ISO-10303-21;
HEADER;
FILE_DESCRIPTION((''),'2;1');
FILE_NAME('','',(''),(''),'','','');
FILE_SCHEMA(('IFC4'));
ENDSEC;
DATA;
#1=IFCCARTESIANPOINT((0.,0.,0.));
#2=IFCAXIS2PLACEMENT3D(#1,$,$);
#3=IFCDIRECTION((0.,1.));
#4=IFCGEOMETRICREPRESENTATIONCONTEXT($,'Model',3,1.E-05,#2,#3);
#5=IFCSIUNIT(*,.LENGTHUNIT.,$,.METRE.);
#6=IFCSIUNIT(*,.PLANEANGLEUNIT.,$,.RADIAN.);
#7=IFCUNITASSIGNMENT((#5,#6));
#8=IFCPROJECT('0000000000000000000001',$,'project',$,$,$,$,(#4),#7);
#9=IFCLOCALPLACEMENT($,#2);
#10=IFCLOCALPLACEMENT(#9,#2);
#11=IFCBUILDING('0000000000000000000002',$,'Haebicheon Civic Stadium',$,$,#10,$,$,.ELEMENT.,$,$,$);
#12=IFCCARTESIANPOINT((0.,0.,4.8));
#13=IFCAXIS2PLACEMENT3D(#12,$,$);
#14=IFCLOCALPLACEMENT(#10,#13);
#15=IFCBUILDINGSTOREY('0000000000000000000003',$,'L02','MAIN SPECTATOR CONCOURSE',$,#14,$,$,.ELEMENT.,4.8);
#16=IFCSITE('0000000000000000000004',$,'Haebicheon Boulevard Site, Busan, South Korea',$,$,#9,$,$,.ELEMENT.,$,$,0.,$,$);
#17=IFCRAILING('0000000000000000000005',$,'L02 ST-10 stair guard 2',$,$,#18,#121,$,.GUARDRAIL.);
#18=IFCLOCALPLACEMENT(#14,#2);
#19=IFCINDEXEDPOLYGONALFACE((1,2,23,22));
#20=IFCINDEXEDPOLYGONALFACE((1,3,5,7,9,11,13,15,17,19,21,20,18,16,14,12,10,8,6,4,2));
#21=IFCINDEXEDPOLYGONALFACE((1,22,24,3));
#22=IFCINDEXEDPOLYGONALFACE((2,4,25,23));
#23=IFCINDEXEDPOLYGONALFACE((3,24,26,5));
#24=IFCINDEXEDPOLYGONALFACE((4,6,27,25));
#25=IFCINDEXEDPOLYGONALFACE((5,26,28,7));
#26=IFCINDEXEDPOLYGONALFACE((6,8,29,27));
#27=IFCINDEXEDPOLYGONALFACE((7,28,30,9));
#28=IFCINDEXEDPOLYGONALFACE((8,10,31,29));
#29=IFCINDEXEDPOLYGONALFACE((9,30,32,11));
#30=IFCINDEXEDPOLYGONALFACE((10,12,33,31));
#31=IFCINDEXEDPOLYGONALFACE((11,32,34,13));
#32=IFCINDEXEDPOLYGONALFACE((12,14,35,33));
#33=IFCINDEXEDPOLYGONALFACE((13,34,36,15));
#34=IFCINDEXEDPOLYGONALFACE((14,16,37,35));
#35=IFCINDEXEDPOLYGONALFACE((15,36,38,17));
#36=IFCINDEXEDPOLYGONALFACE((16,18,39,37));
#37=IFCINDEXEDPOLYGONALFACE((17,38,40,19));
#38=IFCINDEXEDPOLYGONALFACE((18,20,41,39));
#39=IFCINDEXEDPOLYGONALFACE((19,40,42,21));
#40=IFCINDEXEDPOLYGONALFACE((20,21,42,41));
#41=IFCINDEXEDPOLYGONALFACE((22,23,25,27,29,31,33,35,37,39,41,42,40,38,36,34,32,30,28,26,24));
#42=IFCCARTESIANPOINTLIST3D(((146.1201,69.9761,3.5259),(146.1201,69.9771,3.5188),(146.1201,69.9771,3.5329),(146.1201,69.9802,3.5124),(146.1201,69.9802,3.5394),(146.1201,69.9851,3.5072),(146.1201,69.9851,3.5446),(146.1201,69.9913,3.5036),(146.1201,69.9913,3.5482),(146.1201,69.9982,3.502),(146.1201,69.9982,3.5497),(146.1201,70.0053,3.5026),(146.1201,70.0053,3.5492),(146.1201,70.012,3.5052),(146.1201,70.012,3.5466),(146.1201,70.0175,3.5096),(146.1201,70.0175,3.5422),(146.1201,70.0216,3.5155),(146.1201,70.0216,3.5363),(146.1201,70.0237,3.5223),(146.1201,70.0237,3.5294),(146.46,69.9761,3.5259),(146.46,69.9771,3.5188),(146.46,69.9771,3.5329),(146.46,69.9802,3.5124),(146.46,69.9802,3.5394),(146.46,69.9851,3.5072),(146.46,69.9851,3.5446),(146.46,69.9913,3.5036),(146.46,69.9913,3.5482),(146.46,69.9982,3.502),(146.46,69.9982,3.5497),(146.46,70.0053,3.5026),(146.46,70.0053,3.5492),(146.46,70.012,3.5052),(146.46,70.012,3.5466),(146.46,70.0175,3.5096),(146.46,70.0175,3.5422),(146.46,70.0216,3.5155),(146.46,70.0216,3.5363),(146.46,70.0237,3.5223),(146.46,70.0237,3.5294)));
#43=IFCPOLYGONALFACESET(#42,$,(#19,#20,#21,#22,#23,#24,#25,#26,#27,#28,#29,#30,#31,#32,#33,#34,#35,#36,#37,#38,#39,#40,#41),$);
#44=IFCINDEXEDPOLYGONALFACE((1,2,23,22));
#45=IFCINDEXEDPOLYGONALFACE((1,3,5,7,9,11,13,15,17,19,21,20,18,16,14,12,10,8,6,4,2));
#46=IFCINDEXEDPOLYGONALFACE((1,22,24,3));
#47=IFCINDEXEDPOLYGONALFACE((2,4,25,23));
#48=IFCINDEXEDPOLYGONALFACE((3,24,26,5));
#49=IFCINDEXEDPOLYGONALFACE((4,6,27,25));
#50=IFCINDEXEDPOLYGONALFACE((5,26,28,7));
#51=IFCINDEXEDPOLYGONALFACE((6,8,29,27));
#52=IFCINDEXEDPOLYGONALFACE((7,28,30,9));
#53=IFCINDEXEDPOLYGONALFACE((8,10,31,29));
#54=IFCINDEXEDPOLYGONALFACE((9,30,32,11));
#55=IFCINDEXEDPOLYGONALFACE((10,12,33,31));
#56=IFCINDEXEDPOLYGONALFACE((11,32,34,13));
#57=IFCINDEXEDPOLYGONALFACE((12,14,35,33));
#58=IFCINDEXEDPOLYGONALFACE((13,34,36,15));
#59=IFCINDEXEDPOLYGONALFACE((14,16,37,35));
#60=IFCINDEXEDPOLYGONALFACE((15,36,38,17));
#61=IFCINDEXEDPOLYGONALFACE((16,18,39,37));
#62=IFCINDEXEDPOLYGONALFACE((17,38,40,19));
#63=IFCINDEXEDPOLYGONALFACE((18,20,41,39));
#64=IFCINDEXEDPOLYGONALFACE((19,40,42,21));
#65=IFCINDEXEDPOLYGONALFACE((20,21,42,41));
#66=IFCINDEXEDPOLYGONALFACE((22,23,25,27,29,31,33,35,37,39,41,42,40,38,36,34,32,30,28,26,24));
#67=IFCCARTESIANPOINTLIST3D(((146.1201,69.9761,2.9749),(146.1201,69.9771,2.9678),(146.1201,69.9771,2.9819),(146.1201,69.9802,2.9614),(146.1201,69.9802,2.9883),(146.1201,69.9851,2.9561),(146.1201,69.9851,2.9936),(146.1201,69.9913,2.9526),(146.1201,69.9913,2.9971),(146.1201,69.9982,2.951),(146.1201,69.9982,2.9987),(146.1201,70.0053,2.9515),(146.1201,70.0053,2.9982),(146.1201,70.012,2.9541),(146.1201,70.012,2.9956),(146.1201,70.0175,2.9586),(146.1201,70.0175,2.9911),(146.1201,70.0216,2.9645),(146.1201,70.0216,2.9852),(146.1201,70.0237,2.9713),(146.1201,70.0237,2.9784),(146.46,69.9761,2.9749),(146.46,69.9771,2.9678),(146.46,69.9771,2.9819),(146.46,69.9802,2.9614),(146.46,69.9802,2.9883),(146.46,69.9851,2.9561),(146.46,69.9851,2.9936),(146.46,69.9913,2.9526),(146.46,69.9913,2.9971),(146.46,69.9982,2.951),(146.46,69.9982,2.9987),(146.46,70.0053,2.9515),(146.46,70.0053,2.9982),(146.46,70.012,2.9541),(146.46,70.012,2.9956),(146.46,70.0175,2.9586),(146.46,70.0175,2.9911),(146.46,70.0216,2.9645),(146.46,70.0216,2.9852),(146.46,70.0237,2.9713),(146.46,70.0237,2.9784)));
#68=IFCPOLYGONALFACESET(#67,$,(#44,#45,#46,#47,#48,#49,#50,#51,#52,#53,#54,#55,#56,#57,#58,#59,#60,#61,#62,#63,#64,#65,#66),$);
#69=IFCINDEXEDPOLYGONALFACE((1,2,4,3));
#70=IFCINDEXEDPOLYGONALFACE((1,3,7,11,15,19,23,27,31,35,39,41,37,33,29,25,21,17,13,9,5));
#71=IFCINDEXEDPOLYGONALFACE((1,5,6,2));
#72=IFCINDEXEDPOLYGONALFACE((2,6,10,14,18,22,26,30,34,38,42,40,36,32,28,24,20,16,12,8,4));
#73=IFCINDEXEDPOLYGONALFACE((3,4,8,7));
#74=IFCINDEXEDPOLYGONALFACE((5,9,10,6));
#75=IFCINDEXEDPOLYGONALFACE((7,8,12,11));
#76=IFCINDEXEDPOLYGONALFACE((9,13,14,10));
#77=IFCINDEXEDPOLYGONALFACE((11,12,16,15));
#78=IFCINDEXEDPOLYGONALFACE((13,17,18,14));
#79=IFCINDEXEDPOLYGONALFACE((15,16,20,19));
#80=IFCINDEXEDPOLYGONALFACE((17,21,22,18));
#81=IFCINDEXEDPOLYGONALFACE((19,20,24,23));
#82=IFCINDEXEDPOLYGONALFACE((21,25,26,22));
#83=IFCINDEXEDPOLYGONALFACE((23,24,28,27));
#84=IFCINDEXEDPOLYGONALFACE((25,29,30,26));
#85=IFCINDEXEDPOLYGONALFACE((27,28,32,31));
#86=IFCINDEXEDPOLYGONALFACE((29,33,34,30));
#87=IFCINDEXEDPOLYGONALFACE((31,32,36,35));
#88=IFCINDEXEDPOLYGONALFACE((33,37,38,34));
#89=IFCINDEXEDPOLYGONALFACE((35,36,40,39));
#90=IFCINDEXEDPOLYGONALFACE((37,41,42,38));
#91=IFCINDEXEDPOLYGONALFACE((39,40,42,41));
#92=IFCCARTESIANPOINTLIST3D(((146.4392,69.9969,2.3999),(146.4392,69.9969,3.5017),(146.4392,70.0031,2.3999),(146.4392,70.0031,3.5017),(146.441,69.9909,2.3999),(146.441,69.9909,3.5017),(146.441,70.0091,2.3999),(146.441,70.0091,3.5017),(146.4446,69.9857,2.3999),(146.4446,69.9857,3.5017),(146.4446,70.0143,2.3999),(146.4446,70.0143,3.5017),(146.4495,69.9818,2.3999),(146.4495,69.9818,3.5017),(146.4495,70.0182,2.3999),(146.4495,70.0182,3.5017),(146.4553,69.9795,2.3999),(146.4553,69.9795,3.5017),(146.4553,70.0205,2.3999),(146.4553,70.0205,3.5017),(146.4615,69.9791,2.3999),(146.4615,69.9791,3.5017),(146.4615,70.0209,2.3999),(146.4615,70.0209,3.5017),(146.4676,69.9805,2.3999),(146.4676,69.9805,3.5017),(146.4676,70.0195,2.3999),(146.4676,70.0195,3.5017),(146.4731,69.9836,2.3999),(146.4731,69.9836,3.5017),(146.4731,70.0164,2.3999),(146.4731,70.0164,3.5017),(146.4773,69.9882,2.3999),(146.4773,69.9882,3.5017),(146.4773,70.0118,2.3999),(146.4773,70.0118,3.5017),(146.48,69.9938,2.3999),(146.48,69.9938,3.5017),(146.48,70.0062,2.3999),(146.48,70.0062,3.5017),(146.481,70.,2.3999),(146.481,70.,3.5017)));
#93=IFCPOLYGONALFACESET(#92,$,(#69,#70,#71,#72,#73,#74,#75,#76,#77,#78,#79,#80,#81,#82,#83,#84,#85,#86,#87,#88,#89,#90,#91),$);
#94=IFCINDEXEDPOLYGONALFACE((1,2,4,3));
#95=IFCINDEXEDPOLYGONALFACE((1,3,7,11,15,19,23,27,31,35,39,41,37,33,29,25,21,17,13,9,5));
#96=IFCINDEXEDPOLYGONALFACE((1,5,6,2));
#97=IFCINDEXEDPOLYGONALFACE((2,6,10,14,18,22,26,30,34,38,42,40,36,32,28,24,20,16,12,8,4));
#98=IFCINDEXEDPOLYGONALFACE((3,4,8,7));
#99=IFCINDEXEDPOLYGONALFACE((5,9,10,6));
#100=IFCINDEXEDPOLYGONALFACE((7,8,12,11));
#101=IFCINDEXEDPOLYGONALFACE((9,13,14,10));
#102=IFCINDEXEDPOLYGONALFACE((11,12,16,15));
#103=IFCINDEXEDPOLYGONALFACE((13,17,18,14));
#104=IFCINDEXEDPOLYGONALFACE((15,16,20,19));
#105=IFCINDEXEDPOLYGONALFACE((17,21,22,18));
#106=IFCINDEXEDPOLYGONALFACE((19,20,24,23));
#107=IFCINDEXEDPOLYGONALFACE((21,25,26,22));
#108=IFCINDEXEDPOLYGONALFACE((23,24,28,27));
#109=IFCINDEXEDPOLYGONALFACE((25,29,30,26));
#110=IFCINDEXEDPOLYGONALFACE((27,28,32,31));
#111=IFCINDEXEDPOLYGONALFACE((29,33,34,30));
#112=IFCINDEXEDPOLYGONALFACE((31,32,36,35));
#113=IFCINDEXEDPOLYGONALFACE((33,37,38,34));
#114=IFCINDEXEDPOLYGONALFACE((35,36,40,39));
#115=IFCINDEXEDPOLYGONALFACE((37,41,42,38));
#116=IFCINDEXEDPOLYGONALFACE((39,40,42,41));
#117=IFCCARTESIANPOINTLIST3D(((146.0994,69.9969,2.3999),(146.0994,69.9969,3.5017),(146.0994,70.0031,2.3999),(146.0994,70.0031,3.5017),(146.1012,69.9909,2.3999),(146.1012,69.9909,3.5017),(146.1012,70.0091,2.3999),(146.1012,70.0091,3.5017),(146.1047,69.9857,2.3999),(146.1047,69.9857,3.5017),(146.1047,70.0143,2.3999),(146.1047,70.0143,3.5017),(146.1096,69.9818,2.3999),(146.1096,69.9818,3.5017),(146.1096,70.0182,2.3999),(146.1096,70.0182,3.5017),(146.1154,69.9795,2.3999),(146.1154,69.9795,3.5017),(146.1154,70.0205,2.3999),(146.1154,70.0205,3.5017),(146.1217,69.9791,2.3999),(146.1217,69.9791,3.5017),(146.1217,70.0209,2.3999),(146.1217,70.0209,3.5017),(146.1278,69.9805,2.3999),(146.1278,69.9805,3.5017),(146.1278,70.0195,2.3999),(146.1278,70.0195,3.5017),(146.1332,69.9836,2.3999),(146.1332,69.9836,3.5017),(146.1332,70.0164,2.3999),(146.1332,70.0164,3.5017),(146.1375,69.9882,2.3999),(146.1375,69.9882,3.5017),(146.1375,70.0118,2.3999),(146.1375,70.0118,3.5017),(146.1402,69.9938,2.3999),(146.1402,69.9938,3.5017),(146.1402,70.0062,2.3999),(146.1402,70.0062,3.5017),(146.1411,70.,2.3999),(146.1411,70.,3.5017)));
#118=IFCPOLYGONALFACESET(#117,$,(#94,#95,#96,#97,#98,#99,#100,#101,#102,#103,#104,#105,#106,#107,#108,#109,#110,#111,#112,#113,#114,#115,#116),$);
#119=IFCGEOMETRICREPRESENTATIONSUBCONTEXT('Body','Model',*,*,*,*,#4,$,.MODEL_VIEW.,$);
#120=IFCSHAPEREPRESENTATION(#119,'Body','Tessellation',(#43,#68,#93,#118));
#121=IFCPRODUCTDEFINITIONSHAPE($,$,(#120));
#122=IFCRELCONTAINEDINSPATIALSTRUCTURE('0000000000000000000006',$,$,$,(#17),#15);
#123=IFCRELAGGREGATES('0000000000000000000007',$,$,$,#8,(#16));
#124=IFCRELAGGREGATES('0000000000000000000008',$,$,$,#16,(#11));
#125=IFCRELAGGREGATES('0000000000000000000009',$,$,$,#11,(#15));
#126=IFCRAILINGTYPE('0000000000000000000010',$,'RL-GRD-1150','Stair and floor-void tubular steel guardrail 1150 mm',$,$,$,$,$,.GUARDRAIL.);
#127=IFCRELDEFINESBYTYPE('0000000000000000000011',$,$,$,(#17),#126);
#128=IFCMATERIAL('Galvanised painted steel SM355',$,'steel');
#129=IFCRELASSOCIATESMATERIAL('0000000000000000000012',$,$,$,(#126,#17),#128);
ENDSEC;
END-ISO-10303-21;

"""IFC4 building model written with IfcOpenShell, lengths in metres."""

from ifc_helpers import new_model, si_unit, direction, frame, origin, origin_2d, place, context, subcontext, project, spatial, circle, extrude, material, type_object, element, save


model = new_model("IFC4")

# Units and contexts
model_context = context("Model", 3, precision=1e-05, world=origin(), true_north=direction((0.0, 1.0)))
body_context = subcontext(model_context, "Body", "Model", "MODEL_VIEW")
ifc_project = project(units=[si_unit("LENGTHUNIT", "METRE"), si_unit("PLANEANGLEUNIT", "RADIAN")], contexts=[model_context])

# Site, building, storey
site_placement = place(None, origin())
site = spatial("IfcSite", under=ifc_project, at=site_placement, Name="Haebicheon Boulevard Site, Busan, South Korea", CompositionType="ELEMENT", RefElevation=0.0)
building_placement = place(site_placement, origin())
building = spatial("IfcBuilding", under=site, at=building_placement, Name="Haebicheon Civic Stadium", CompositionType="ELEMENT")
storey_placement = place(building_placement, frame((0.0, 0.0, 4.8)))
storey = spatial("IfcBuildingStorey", under=building, at=storey_placement, Name="L02", Description="MAIN SPECTATOR CONCOURSE", CompositionType="ELEMENT", Elevation=4.8)

# Railing
ifc_material_1 = material(Name="Galvanised painted steel SM355", Category="steel")
railing_type_1 = type_object("IfcRailingType", Name="RL-GRD-1150", Description="Stair and floor-void tubular steel guardrail 1150 mm", PredefinedType="GUARDRAIL", material=ifc_material_1)
railing_1_placement = place(storey_placement, frame((146.46, 70.0, 2.3999)))
element("IfcRailing", 1, at=railing_1_placement, inside=storey, type_object=railing_type_1, material=ifc_material_1, Name="L02 ST-10 stair guard 2", PredefinedType="GUARDRAIL", context=body_context, shape_type="SweptSolid", body=[
    extrude(circle(Radius=0.0239, at=origin_2d()), frame((0.0, 0.0, 1.126), z_axis=(-1.0, 0.0, 0.0), x_axis=(0.0, -1.0, 0.0)), (0.0, 0.0, 1.0), 0.3398),
    extrude(circle(Radius=0.0239, at=origin_2d()), frame((0.0, 0.0, 0.575), z_axis=(-1.0, 0.0, 0.0), x_axis=(0.0, -1.0, 0.0)), (0.0, 0.0, 1.0), 0.3398),
    extrude(circle(Radius=0.021, at=origin_2d()), origin(), (0.0, 0.0, 1.0), 1.1018),
    extrude(circle(Radius=0.021, at=origin_2d()), frame((-0.3398, 0.0, 0.0)), (0.0, 0.0, 1.0), 1.1018),
])

save(model, "model.ifc")
